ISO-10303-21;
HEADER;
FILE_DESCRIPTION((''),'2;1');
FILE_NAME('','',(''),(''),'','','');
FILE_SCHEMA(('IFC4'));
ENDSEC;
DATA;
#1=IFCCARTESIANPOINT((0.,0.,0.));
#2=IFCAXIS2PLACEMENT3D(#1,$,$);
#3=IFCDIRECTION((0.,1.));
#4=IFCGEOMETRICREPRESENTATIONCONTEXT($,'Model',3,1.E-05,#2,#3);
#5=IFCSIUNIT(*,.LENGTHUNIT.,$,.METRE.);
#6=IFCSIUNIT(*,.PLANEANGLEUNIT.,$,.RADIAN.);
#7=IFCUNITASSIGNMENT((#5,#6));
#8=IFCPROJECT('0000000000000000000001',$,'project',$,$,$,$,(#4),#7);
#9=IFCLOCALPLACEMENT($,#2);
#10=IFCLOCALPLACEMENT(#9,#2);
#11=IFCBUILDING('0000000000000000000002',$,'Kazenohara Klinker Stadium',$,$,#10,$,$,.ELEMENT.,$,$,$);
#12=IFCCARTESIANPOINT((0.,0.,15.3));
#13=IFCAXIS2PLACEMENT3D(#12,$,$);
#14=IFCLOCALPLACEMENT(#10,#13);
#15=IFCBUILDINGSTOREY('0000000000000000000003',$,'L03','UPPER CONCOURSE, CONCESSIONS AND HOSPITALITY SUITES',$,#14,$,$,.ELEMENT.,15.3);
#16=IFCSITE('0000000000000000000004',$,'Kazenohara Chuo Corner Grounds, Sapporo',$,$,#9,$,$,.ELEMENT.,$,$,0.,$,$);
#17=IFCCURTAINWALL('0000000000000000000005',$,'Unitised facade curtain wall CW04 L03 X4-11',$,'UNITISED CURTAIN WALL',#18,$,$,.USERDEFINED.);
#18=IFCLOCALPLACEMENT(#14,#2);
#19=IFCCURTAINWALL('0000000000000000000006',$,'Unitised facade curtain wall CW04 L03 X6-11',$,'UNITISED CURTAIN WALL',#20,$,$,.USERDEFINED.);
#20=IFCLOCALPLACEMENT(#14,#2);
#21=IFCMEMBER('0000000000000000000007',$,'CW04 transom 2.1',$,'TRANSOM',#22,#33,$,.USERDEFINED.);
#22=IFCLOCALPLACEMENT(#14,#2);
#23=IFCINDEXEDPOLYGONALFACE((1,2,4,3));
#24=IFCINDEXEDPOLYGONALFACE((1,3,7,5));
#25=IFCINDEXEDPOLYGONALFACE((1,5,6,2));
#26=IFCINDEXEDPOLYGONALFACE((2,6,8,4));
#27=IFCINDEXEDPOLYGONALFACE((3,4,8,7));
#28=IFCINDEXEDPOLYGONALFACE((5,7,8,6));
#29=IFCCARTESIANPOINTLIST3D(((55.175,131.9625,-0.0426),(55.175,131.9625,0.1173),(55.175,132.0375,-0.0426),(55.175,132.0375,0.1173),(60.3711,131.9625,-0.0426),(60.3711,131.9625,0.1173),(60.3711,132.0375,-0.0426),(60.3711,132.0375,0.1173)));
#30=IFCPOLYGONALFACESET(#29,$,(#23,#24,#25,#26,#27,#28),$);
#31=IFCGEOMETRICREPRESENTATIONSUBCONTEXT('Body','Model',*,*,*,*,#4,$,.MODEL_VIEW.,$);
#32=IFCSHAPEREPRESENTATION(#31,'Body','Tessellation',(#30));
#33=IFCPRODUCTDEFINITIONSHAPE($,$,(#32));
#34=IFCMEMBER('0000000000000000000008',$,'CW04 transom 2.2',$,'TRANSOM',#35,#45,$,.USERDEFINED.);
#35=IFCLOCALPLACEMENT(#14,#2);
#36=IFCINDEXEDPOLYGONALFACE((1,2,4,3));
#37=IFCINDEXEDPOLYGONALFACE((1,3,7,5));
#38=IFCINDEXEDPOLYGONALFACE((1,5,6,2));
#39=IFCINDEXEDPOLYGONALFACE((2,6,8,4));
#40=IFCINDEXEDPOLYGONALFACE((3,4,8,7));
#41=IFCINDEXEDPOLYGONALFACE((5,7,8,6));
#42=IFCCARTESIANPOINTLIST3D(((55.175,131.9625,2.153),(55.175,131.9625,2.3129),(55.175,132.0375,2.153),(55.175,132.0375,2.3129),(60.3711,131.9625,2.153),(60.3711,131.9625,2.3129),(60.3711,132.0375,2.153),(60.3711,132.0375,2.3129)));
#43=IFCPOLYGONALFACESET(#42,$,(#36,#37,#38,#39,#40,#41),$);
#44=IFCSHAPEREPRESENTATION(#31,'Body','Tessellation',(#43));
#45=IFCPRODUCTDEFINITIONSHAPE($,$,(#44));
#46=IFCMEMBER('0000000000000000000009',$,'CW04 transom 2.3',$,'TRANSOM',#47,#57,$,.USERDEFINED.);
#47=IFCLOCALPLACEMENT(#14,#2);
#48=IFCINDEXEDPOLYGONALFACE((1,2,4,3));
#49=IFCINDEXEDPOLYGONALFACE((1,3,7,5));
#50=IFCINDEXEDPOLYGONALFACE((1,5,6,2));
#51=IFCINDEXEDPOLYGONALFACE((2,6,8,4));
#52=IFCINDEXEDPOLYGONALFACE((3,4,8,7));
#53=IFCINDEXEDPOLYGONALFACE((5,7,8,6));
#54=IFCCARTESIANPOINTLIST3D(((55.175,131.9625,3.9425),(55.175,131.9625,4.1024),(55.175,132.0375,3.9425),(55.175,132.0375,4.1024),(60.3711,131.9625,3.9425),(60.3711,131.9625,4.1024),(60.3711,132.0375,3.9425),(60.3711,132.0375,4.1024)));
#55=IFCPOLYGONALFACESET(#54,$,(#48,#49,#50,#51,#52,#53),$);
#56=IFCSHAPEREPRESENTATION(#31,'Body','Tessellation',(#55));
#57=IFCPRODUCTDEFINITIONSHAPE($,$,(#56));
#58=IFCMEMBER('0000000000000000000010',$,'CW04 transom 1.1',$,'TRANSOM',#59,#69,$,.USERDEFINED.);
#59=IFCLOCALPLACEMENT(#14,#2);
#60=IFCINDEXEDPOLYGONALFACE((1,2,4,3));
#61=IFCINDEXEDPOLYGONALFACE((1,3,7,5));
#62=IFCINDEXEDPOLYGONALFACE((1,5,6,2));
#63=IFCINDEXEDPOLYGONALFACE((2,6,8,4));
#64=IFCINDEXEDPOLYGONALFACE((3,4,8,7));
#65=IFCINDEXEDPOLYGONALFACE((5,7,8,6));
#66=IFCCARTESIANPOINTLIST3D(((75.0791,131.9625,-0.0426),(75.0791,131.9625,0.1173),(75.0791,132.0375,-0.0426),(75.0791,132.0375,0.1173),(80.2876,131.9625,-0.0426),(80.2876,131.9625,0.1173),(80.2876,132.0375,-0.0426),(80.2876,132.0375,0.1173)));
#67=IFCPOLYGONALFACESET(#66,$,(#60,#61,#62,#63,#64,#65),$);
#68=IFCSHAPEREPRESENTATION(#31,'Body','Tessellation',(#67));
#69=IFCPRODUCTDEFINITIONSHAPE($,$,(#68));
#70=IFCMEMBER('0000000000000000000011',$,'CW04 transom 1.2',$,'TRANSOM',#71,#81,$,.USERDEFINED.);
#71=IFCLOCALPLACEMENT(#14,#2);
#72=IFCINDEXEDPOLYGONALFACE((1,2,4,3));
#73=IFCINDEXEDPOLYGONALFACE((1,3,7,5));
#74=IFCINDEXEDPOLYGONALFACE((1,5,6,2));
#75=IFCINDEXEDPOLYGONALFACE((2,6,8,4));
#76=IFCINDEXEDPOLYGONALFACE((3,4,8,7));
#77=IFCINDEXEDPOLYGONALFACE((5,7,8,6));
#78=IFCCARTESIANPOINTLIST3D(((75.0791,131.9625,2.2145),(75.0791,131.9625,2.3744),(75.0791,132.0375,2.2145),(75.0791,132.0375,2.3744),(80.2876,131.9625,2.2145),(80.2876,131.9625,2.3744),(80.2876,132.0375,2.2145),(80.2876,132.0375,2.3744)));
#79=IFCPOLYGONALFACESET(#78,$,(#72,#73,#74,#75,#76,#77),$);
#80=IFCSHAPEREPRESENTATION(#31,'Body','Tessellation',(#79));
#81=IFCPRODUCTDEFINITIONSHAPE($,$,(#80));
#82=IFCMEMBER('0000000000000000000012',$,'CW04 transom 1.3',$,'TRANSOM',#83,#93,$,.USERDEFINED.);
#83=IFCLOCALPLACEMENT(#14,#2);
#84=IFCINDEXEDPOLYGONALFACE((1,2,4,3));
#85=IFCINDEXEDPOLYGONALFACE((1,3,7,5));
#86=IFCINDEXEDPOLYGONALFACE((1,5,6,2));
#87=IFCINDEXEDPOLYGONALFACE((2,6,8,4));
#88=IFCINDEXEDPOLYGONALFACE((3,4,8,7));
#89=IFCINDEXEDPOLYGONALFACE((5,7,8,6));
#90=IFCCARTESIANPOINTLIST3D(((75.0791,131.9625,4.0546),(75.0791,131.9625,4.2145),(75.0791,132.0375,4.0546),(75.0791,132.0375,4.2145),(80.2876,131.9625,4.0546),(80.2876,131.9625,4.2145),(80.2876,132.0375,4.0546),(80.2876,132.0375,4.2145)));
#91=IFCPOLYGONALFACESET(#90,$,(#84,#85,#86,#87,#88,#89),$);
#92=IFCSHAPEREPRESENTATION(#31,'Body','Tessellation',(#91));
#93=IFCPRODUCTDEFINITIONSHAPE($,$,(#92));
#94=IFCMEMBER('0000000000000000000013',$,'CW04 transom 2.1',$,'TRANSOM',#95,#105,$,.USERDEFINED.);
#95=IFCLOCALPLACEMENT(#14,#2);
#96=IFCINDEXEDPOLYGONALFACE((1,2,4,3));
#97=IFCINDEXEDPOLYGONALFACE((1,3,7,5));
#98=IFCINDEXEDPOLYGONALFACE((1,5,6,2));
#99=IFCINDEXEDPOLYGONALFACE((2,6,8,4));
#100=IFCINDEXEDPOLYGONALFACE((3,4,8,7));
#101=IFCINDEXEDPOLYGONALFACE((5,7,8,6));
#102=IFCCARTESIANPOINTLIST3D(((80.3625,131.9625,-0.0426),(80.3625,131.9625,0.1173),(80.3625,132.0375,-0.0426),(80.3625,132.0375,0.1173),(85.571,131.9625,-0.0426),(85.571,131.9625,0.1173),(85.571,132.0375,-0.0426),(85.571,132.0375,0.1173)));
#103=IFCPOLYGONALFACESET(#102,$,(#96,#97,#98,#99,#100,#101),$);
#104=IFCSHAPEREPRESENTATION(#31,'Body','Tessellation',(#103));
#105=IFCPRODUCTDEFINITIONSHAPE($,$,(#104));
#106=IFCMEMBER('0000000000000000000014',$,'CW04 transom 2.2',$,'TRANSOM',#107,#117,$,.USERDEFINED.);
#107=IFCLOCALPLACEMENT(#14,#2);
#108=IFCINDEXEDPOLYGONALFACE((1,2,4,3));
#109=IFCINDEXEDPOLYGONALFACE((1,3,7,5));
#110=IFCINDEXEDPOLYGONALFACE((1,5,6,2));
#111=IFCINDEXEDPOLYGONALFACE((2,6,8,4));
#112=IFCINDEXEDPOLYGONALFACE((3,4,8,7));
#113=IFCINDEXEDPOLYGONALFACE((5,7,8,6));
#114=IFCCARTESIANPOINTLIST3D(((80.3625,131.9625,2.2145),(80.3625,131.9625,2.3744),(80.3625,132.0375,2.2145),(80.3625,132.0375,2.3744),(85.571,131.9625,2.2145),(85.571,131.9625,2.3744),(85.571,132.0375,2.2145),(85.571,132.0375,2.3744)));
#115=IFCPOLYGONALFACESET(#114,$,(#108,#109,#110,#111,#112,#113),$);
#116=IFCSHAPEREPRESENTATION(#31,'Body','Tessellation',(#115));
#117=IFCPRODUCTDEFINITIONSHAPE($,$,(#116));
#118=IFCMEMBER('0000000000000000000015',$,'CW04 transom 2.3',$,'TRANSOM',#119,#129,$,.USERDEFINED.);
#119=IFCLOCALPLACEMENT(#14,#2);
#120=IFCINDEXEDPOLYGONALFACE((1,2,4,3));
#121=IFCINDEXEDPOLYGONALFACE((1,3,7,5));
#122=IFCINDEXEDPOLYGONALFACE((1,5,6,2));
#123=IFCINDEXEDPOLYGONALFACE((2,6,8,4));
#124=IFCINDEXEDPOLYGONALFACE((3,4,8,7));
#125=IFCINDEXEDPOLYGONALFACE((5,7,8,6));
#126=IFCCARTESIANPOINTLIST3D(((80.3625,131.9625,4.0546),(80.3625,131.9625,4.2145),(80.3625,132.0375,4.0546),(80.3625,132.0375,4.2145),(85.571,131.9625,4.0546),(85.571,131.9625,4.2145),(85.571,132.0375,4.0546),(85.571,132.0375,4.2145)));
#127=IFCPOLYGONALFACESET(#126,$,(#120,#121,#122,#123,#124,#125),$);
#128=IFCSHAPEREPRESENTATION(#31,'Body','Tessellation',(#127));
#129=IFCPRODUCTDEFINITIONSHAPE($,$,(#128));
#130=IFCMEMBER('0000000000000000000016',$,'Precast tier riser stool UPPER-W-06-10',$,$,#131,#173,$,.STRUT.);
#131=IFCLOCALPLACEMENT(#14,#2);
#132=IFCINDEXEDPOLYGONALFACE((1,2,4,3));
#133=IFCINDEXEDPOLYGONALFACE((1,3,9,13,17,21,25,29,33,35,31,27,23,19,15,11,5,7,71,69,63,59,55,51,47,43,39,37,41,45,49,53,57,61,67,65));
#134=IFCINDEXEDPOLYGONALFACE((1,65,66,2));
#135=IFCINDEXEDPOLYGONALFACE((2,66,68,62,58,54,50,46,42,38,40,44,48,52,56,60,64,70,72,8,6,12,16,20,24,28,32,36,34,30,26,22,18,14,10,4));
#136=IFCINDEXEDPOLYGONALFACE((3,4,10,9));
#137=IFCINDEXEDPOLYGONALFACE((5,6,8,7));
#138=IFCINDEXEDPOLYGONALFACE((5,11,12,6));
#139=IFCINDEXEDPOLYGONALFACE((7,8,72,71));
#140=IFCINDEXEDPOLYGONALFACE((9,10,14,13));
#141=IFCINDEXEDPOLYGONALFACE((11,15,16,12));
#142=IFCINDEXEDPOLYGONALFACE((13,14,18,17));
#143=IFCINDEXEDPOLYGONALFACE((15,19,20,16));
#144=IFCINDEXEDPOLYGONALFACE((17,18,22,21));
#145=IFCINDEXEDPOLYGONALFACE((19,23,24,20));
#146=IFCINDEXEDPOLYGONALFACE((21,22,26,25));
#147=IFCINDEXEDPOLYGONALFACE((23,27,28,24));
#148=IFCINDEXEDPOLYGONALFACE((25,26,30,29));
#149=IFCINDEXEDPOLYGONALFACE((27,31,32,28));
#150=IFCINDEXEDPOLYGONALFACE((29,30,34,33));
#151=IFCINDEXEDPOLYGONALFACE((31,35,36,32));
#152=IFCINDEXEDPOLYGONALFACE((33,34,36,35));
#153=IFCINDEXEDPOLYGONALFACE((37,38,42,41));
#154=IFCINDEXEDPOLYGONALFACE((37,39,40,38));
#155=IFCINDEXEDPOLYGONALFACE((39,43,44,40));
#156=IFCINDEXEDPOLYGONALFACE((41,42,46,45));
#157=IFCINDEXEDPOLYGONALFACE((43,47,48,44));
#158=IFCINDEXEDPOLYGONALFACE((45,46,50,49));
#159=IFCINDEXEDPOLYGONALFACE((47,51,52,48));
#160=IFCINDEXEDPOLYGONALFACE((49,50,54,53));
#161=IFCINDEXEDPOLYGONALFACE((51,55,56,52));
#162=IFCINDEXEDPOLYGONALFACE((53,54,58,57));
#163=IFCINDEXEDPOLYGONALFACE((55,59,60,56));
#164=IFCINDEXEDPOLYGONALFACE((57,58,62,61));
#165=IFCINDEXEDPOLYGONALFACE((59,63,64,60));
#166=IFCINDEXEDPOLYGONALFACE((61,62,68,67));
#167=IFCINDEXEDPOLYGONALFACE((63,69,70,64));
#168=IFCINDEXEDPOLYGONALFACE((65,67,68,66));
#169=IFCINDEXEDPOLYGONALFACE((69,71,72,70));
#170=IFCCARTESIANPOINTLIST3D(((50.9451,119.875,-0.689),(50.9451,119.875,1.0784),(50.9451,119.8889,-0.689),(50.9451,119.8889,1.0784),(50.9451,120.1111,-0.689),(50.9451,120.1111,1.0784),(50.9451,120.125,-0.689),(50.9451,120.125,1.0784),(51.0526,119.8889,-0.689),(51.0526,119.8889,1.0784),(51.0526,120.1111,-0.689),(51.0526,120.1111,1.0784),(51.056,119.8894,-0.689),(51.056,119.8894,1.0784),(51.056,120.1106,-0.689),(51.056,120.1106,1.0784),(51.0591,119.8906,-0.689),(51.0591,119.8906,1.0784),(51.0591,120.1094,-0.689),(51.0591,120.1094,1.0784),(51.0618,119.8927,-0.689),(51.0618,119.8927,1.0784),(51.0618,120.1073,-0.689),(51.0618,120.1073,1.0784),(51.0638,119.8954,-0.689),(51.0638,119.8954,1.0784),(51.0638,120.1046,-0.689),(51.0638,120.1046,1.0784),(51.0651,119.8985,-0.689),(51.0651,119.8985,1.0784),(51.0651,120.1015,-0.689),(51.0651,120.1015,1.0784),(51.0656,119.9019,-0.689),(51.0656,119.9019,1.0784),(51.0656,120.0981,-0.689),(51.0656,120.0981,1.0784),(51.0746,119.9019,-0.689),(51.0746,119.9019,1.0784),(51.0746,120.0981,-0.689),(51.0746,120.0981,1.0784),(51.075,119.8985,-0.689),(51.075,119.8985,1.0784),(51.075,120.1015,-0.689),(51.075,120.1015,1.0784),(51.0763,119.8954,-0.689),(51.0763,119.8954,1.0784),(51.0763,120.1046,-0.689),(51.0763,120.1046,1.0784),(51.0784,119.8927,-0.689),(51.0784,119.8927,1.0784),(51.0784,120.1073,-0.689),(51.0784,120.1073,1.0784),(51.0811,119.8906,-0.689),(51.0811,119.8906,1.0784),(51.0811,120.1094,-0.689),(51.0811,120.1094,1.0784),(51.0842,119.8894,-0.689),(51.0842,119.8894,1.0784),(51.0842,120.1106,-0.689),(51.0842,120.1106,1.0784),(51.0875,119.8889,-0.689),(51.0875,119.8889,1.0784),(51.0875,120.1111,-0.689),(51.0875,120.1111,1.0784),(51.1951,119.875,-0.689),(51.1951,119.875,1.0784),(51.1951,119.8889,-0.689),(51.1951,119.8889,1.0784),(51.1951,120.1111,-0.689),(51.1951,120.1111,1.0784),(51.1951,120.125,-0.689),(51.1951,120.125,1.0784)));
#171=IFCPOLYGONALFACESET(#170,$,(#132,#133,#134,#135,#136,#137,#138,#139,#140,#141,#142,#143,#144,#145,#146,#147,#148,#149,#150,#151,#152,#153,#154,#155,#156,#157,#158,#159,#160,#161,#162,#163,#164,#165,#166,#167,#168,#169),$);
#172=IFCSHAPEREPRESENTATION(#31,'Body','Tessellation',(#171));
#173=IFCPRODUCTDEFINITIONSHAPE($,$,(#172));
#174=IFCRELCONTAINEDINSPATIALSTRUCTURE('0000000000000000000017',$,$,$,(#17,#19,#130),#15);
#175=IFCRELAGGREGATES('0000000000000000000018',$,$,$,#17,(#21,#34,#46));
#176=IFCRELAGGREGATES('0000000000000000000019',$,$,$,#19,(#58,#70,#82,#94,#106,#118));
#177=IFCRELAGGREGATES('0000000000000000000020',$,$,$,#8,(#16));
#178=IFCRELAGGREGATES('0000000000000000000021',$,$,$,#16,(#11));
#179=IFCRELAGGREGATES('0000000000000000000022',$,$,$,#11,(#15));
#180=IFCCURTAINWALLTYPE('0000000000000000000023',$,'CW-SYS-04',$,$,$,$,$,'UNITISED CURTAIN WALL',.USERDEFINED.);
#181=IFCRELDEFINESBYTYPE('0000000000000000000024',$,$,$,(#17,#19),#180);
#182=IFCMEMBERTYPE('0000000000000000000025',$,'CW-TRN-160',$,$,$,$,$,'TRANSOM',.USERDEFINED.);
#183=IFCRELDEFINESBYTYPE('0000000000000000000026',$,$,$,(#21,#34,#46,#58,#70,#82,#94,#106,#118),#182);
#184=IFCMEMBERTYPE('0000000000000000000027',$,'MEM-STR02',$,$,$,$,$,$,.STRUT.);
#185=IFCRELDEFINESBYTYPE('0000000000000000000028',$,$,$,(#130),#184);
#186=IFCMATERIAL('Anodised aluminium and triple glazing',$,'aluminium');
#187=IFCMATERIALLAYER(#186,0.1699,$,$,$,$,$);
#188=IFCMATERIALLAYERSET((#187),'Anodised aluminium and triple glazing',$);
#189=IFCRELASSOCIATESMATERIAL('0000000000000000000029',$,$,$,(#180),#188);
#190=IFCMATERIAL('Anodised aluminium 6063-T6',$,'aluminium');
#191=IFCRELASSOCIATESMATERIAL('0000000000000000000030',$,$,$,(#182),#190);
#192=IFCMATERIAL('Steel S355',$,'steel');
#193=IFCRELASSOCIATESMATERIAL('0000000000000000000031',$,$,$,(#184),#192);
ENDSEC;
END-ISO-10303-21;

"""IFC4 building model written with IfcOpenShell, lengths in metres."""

from ifc_helpers import new_model, si_unit, direction, frame, origin, origin_2d, place, context, subcontext, project, spatial, rectangle, i_section, extrude, material, layer, layer_set, material_profile, profile_set, type_object, element, aggregate, save


model = new_model("IFC4")

# Units and contexts
model_context = context("Model", 3, precision=1e-05, world=origin(), true_north=direction((0.0, 1.0)))
body_context = subcontext(model_context, "Body", "Model", "MODEL_VIEW")
ifc_project = project(units=[si_unit("LENGTHUNIT", "METRE"), si_unit("PLANEANGLEUNIT", "RADIAN")], contexts=[model_context])

# Site, building, storey
site_placement = place(None, origin())
site = spatial("IfcSite", under=ifc_project, at=site_placement, Name="Kazenohara Chuo Corner Grounds, Sapporo", CompositionType="ELEMENT", RefElevation=0.0)
building_placement = place(site_placement, origin())
building = spatial("IfcBuilding", under=site, at=building_placement, Name="Kazenohara Klinker Stadium", CompositionType="ELEMENT")
storey_placement = place(building_placement, frame((0.0, 0.0, 15.3)))
storey = spatial("IfcBuildingStorey", under=building, at=storey_placement, Name="L03", Description="UPPER CONCOURSE, CONCESSIONS AND HOSPITALITY SUITES", CompositionType="ELEMENT", Elevation=15.3)

# Shared definitions
ifc_material_1 = material(Name="Steel S355", Category="steel")

# Curtain walls
ifc_material_2 = material(Name="Anodised aluminium and triple glazing", Category="aluminium")
ifc_layer_1 = layer(ifc_material_2, 0.1699)
ifc_layer_set_1 = layer_set([ifc_layer_1], Name="Anodised aluminium and triple glazing")
curtain_wall_type = type_object("IfcCurtainWallType", Name="CW-SYS-04", ElementType="UNITISED CURTAIN WALL", PredefinedType="USERDEFINED", material=ifc_layer_set_1)
curtain_wall_1_placement = place(storey_placement, origin())
curtain_wall_1 = element("IfcCurtainWall", 1, at=curtain_wall_1_placement, inside=storey, type_object=curtain_wall_type, Name="Unitised facade curtain wall CW04 L03 X4-11", ObjectType="UNITISED CURTAIN WALL", PredefinedType="USERDEFINED")
ifc_material_3 = material(Name="Anodised aluminium 6063-T6", Category="aluminium")
curtain_wall_2_placement = place(storey_placement, origin())
curtain_wall_2 = element("IfcCurtainWall", 2, at=curtain_wall_2_placement, inside=storey, type_object=curtain_wall_type, Name="Unitised facade curtain wall CW04 L03 X6-11", ObjectType="UNITISED CURTAIN WALL", PredefinedType="USERDEFINED")

# Members
ifc_material_profile_1 = material_profile(ifc_material_3, rectangle(XDim=0.075, YDim=0.1599, at=origin_2d()), Name="ALU-TRN-75x160")
ifc_profile_set_1 = profile_set([ifc_material_profile_1], Name="Anodised aluminium 6063-T6")
member_type_1 = type_object("IfcMemberType", Name="CW-TRN-160", ElementType="TRANSOM", PredefinedType="USERDEFINED", material=ifc_profile_set_1)
member_1_placement = place(storey_placement, frame((55.175, 132.0, 0.0374), z_axis=(1.0, 0.0, 0.0), x_axis=(0.0, 1.0, 0.0)))
member_1 = element("IfcMember", 3, at=member_1_placement, type_object=member_type_1, Name="CW04 transom 2.1", ObjectType="TRANSOM", PredefinedType="USERDEFINED", context=body_context, shape_type="SweptSolid", body=[
    extrude(rectangle(XDim=0.075, YDim=0.1599, at=origin_2d()), origin(), (0.0, 0.0, 1.0), 5.196),
])
member_2_placement = place(storey_placement, frame((55.175, 132.0, 2.2329), z_axis=(1.0, 0.0, 0.0), x_axis=(0.0, 1.0, 0.0)))
member_2 = element("IfcMember", 4, at=member_2_placement, type_object=member_type_1, Name="CW04 transom 2.2", ObjectType="TRANSOM", PredefinedType="USERDEFINED", context=body_context, shape_type="SweptSolid", body=[
    extrude(rectangle(XDim=0.075, YDim=0.1599, at=origin_2d()), origin(), (0.0, 0.0, 1.0), 5.196),
])
member_3_placement = place(storey_placement, frame((55.175, 132.0, 4.0225), z_axis=(1.0, 0.0, 0.0), x_axis=(0.0, 1.0, 0.0)))
member_3 = element("IfcMember", 5, at=member_3_placement, type_object=member_type_1, Name="CW04 transom 2.3", ObjectType="TRANSOM", PredefinedType="USERDEFINED", context=body_context, shape_type="SweptSolid", body=[
    extrude(rectangle(XDim=0.075, YDim=0.1599, at=origin_2d()), origin(), (0.0, 0.0, 1.0), 5.196),
])
member_4_placement = place(storey_placement, frame((75.0791, 132.0, 0.0374), z_axis=(1.0, 0.0, 0.0), x_axis=(0.0, 1.0, 0.0)))
member_4 = element("IfcMember", 6, at=member_4_placement, type_object=member_type_1, Name="CW04 transom 1.1", ObjectType="TRANSOM", PredefinedType="USERDEFINED", context=body_context, shape_type="SweptSolid", body=[
    extrude(rectangle(XDim=0.075, YDim=0.1599, at=origin_2d()), origin(), (0.0, 0.0, 1.0), 5.2085),
])
member_5_placement = place(storey_placement, frame((75.0791, 132.0, 2.2944), z_axis=(1.0, 0.0, 0.0), x_axis=(0.0, 1.0, 0.0)))
member_5 = element("IfcMember", 7, at=member_5_placement, type_object=member_type_1, Name="CW04 transom 1.2", ObjectType="TRANSOM", PredefinedType="USERDEFINED", context=body_context, shape_type="SweptSolid", body=[
    extrude(rectangle(XDim=0.075, YDim=0.1599, at=origin_2d()), origin(), (0.0, 0.0, 1.0), 5.2085),
])
member_6_placement = place(storey_placement, frame((75.0791, 132.0, 4.1345), z_axis=(1.0, 0.0, 0.0), x_axis=(0.0, 1.0, 0.0)))
member_6 = element("IfcMember", 8, at=member_6_placement, type_object=member_type_1, Name="CW04 transom 1.3", ObjectType="TRANSOM", PredefinedType="USERDEFINED", context=body_context, shape_type="SweptSolid", body=[
    extrude(rectangle(XDim=0.075, YDim=0.1599, at=origin_2d()), origin(), (0.0, 0.0, 1.0), 5.2085),
])
member_7_placement = place(storey_placement, frame((80.3625, 132.0, 0.0374), z_axis=(1.0, 0.0, 0.0), x_axis=(0.0, 1.0, 0.0)))
member_7 = element("IfcMember", 9, at=member_7_placement, type_object=member_type_1, Name="CW04 transom 2.1", ObjectType="TRANSOM", PredefinedType="USERDEFINED", context=body_context, shape_type="SweptSolid", body=[
    extrude(rectangle(XDim=0.075, YDim=0.1599, at=origin_2d()), origin(), (0.0, 0.0, 1.0), 5.2085),
])
member_8_placement = place(storey_placement, frame((80.3625, 132.0, 2.2944), z_axis=(1.0, 0.0, 0.0), x_axis=(0.0, 1.0, 0.0)))
member_8 = element("IfcMember", 10, at=member_8_placement, type_object=member_type_1, Name="CW04 transom 2.2", ObjectType="TRANSOM", PredefinedType="USERDEFINED", context=body_context, shape_type="SweptSolid", body=[
    extrude(rectangle(XDim=0.075, YDim=0.1599, at=origin_2d()), origin(), (0.0, 0.0, 1.0), 5.2085),
])
member_9_placement = place(storey_placement, frame((80.3625, 132.0, 4.1345), z_axis=(1.0, 0.0, 0.0), x_axis=(0.0, 1.0, 0.0)))
member_9 = element("IfcMember", 11, at=member_9_placement, type_object=member_type_1, Name="CW04 transom 2.3", ObjectType="TRANSOM", PredefinedType="USERDEFINED", context=body_context, shape_type="SweptSolid", body=[
    extrude(rectangle(XDim=0.075, YDim=0.1599, at=origin_2d()), origin(), (0.0, 0.0, 1.0), 5.2085),
])

# Member
ifc_material_profile_2 = material_profile(ifc_material_1, i_section(OverallWidth=0.25, OverallDepth=0.25, WebThickness=0.009, FlangeThickness=0.0139, FilletRadius=0.0129, at=origin_2d()), Name="H-250x250x9x14")
ifc_profile_set_2 = profile_set([ifc_material_profile_2], Name="Steel S355")
member_type_2 = type_object("IfcMemberType", Name="MEM-STR02", PredefinedType="STRUT", material=ifc_profile_set_2)
member_10_placement = place(storey_placement, frame((51.0701, 120.0, -0.689), z_axis=(0.0, 0.0, 1.0), x_axis=(1.0, 0.0, 0.0)))
element("IfcMember", 12, at=member_10_placement, inside=storey, type_object=member_type_2, Name="Precast tier riser stool UPPER-W-06-10", PredefinedType="STRUT", context=body_context, shape_type="SweptSolid", body=[
    extrude(i_section(OverallWidth=0.25, OverallDepth=0.25, WebThickness=0.009, FlangeThickness=0.0139, FilletRadius=0.0129, at=origin_2d()), origin(), (0.0, 0.0, 1.0), 1.7673),
])

aggregate(curtain_wall_1, [member_1, member_2, member_3])
aggregate(curtain_wall_2, [member_4, member_5, member_6, member_7, member_8, member_9])

save(model, "model.ifc")
